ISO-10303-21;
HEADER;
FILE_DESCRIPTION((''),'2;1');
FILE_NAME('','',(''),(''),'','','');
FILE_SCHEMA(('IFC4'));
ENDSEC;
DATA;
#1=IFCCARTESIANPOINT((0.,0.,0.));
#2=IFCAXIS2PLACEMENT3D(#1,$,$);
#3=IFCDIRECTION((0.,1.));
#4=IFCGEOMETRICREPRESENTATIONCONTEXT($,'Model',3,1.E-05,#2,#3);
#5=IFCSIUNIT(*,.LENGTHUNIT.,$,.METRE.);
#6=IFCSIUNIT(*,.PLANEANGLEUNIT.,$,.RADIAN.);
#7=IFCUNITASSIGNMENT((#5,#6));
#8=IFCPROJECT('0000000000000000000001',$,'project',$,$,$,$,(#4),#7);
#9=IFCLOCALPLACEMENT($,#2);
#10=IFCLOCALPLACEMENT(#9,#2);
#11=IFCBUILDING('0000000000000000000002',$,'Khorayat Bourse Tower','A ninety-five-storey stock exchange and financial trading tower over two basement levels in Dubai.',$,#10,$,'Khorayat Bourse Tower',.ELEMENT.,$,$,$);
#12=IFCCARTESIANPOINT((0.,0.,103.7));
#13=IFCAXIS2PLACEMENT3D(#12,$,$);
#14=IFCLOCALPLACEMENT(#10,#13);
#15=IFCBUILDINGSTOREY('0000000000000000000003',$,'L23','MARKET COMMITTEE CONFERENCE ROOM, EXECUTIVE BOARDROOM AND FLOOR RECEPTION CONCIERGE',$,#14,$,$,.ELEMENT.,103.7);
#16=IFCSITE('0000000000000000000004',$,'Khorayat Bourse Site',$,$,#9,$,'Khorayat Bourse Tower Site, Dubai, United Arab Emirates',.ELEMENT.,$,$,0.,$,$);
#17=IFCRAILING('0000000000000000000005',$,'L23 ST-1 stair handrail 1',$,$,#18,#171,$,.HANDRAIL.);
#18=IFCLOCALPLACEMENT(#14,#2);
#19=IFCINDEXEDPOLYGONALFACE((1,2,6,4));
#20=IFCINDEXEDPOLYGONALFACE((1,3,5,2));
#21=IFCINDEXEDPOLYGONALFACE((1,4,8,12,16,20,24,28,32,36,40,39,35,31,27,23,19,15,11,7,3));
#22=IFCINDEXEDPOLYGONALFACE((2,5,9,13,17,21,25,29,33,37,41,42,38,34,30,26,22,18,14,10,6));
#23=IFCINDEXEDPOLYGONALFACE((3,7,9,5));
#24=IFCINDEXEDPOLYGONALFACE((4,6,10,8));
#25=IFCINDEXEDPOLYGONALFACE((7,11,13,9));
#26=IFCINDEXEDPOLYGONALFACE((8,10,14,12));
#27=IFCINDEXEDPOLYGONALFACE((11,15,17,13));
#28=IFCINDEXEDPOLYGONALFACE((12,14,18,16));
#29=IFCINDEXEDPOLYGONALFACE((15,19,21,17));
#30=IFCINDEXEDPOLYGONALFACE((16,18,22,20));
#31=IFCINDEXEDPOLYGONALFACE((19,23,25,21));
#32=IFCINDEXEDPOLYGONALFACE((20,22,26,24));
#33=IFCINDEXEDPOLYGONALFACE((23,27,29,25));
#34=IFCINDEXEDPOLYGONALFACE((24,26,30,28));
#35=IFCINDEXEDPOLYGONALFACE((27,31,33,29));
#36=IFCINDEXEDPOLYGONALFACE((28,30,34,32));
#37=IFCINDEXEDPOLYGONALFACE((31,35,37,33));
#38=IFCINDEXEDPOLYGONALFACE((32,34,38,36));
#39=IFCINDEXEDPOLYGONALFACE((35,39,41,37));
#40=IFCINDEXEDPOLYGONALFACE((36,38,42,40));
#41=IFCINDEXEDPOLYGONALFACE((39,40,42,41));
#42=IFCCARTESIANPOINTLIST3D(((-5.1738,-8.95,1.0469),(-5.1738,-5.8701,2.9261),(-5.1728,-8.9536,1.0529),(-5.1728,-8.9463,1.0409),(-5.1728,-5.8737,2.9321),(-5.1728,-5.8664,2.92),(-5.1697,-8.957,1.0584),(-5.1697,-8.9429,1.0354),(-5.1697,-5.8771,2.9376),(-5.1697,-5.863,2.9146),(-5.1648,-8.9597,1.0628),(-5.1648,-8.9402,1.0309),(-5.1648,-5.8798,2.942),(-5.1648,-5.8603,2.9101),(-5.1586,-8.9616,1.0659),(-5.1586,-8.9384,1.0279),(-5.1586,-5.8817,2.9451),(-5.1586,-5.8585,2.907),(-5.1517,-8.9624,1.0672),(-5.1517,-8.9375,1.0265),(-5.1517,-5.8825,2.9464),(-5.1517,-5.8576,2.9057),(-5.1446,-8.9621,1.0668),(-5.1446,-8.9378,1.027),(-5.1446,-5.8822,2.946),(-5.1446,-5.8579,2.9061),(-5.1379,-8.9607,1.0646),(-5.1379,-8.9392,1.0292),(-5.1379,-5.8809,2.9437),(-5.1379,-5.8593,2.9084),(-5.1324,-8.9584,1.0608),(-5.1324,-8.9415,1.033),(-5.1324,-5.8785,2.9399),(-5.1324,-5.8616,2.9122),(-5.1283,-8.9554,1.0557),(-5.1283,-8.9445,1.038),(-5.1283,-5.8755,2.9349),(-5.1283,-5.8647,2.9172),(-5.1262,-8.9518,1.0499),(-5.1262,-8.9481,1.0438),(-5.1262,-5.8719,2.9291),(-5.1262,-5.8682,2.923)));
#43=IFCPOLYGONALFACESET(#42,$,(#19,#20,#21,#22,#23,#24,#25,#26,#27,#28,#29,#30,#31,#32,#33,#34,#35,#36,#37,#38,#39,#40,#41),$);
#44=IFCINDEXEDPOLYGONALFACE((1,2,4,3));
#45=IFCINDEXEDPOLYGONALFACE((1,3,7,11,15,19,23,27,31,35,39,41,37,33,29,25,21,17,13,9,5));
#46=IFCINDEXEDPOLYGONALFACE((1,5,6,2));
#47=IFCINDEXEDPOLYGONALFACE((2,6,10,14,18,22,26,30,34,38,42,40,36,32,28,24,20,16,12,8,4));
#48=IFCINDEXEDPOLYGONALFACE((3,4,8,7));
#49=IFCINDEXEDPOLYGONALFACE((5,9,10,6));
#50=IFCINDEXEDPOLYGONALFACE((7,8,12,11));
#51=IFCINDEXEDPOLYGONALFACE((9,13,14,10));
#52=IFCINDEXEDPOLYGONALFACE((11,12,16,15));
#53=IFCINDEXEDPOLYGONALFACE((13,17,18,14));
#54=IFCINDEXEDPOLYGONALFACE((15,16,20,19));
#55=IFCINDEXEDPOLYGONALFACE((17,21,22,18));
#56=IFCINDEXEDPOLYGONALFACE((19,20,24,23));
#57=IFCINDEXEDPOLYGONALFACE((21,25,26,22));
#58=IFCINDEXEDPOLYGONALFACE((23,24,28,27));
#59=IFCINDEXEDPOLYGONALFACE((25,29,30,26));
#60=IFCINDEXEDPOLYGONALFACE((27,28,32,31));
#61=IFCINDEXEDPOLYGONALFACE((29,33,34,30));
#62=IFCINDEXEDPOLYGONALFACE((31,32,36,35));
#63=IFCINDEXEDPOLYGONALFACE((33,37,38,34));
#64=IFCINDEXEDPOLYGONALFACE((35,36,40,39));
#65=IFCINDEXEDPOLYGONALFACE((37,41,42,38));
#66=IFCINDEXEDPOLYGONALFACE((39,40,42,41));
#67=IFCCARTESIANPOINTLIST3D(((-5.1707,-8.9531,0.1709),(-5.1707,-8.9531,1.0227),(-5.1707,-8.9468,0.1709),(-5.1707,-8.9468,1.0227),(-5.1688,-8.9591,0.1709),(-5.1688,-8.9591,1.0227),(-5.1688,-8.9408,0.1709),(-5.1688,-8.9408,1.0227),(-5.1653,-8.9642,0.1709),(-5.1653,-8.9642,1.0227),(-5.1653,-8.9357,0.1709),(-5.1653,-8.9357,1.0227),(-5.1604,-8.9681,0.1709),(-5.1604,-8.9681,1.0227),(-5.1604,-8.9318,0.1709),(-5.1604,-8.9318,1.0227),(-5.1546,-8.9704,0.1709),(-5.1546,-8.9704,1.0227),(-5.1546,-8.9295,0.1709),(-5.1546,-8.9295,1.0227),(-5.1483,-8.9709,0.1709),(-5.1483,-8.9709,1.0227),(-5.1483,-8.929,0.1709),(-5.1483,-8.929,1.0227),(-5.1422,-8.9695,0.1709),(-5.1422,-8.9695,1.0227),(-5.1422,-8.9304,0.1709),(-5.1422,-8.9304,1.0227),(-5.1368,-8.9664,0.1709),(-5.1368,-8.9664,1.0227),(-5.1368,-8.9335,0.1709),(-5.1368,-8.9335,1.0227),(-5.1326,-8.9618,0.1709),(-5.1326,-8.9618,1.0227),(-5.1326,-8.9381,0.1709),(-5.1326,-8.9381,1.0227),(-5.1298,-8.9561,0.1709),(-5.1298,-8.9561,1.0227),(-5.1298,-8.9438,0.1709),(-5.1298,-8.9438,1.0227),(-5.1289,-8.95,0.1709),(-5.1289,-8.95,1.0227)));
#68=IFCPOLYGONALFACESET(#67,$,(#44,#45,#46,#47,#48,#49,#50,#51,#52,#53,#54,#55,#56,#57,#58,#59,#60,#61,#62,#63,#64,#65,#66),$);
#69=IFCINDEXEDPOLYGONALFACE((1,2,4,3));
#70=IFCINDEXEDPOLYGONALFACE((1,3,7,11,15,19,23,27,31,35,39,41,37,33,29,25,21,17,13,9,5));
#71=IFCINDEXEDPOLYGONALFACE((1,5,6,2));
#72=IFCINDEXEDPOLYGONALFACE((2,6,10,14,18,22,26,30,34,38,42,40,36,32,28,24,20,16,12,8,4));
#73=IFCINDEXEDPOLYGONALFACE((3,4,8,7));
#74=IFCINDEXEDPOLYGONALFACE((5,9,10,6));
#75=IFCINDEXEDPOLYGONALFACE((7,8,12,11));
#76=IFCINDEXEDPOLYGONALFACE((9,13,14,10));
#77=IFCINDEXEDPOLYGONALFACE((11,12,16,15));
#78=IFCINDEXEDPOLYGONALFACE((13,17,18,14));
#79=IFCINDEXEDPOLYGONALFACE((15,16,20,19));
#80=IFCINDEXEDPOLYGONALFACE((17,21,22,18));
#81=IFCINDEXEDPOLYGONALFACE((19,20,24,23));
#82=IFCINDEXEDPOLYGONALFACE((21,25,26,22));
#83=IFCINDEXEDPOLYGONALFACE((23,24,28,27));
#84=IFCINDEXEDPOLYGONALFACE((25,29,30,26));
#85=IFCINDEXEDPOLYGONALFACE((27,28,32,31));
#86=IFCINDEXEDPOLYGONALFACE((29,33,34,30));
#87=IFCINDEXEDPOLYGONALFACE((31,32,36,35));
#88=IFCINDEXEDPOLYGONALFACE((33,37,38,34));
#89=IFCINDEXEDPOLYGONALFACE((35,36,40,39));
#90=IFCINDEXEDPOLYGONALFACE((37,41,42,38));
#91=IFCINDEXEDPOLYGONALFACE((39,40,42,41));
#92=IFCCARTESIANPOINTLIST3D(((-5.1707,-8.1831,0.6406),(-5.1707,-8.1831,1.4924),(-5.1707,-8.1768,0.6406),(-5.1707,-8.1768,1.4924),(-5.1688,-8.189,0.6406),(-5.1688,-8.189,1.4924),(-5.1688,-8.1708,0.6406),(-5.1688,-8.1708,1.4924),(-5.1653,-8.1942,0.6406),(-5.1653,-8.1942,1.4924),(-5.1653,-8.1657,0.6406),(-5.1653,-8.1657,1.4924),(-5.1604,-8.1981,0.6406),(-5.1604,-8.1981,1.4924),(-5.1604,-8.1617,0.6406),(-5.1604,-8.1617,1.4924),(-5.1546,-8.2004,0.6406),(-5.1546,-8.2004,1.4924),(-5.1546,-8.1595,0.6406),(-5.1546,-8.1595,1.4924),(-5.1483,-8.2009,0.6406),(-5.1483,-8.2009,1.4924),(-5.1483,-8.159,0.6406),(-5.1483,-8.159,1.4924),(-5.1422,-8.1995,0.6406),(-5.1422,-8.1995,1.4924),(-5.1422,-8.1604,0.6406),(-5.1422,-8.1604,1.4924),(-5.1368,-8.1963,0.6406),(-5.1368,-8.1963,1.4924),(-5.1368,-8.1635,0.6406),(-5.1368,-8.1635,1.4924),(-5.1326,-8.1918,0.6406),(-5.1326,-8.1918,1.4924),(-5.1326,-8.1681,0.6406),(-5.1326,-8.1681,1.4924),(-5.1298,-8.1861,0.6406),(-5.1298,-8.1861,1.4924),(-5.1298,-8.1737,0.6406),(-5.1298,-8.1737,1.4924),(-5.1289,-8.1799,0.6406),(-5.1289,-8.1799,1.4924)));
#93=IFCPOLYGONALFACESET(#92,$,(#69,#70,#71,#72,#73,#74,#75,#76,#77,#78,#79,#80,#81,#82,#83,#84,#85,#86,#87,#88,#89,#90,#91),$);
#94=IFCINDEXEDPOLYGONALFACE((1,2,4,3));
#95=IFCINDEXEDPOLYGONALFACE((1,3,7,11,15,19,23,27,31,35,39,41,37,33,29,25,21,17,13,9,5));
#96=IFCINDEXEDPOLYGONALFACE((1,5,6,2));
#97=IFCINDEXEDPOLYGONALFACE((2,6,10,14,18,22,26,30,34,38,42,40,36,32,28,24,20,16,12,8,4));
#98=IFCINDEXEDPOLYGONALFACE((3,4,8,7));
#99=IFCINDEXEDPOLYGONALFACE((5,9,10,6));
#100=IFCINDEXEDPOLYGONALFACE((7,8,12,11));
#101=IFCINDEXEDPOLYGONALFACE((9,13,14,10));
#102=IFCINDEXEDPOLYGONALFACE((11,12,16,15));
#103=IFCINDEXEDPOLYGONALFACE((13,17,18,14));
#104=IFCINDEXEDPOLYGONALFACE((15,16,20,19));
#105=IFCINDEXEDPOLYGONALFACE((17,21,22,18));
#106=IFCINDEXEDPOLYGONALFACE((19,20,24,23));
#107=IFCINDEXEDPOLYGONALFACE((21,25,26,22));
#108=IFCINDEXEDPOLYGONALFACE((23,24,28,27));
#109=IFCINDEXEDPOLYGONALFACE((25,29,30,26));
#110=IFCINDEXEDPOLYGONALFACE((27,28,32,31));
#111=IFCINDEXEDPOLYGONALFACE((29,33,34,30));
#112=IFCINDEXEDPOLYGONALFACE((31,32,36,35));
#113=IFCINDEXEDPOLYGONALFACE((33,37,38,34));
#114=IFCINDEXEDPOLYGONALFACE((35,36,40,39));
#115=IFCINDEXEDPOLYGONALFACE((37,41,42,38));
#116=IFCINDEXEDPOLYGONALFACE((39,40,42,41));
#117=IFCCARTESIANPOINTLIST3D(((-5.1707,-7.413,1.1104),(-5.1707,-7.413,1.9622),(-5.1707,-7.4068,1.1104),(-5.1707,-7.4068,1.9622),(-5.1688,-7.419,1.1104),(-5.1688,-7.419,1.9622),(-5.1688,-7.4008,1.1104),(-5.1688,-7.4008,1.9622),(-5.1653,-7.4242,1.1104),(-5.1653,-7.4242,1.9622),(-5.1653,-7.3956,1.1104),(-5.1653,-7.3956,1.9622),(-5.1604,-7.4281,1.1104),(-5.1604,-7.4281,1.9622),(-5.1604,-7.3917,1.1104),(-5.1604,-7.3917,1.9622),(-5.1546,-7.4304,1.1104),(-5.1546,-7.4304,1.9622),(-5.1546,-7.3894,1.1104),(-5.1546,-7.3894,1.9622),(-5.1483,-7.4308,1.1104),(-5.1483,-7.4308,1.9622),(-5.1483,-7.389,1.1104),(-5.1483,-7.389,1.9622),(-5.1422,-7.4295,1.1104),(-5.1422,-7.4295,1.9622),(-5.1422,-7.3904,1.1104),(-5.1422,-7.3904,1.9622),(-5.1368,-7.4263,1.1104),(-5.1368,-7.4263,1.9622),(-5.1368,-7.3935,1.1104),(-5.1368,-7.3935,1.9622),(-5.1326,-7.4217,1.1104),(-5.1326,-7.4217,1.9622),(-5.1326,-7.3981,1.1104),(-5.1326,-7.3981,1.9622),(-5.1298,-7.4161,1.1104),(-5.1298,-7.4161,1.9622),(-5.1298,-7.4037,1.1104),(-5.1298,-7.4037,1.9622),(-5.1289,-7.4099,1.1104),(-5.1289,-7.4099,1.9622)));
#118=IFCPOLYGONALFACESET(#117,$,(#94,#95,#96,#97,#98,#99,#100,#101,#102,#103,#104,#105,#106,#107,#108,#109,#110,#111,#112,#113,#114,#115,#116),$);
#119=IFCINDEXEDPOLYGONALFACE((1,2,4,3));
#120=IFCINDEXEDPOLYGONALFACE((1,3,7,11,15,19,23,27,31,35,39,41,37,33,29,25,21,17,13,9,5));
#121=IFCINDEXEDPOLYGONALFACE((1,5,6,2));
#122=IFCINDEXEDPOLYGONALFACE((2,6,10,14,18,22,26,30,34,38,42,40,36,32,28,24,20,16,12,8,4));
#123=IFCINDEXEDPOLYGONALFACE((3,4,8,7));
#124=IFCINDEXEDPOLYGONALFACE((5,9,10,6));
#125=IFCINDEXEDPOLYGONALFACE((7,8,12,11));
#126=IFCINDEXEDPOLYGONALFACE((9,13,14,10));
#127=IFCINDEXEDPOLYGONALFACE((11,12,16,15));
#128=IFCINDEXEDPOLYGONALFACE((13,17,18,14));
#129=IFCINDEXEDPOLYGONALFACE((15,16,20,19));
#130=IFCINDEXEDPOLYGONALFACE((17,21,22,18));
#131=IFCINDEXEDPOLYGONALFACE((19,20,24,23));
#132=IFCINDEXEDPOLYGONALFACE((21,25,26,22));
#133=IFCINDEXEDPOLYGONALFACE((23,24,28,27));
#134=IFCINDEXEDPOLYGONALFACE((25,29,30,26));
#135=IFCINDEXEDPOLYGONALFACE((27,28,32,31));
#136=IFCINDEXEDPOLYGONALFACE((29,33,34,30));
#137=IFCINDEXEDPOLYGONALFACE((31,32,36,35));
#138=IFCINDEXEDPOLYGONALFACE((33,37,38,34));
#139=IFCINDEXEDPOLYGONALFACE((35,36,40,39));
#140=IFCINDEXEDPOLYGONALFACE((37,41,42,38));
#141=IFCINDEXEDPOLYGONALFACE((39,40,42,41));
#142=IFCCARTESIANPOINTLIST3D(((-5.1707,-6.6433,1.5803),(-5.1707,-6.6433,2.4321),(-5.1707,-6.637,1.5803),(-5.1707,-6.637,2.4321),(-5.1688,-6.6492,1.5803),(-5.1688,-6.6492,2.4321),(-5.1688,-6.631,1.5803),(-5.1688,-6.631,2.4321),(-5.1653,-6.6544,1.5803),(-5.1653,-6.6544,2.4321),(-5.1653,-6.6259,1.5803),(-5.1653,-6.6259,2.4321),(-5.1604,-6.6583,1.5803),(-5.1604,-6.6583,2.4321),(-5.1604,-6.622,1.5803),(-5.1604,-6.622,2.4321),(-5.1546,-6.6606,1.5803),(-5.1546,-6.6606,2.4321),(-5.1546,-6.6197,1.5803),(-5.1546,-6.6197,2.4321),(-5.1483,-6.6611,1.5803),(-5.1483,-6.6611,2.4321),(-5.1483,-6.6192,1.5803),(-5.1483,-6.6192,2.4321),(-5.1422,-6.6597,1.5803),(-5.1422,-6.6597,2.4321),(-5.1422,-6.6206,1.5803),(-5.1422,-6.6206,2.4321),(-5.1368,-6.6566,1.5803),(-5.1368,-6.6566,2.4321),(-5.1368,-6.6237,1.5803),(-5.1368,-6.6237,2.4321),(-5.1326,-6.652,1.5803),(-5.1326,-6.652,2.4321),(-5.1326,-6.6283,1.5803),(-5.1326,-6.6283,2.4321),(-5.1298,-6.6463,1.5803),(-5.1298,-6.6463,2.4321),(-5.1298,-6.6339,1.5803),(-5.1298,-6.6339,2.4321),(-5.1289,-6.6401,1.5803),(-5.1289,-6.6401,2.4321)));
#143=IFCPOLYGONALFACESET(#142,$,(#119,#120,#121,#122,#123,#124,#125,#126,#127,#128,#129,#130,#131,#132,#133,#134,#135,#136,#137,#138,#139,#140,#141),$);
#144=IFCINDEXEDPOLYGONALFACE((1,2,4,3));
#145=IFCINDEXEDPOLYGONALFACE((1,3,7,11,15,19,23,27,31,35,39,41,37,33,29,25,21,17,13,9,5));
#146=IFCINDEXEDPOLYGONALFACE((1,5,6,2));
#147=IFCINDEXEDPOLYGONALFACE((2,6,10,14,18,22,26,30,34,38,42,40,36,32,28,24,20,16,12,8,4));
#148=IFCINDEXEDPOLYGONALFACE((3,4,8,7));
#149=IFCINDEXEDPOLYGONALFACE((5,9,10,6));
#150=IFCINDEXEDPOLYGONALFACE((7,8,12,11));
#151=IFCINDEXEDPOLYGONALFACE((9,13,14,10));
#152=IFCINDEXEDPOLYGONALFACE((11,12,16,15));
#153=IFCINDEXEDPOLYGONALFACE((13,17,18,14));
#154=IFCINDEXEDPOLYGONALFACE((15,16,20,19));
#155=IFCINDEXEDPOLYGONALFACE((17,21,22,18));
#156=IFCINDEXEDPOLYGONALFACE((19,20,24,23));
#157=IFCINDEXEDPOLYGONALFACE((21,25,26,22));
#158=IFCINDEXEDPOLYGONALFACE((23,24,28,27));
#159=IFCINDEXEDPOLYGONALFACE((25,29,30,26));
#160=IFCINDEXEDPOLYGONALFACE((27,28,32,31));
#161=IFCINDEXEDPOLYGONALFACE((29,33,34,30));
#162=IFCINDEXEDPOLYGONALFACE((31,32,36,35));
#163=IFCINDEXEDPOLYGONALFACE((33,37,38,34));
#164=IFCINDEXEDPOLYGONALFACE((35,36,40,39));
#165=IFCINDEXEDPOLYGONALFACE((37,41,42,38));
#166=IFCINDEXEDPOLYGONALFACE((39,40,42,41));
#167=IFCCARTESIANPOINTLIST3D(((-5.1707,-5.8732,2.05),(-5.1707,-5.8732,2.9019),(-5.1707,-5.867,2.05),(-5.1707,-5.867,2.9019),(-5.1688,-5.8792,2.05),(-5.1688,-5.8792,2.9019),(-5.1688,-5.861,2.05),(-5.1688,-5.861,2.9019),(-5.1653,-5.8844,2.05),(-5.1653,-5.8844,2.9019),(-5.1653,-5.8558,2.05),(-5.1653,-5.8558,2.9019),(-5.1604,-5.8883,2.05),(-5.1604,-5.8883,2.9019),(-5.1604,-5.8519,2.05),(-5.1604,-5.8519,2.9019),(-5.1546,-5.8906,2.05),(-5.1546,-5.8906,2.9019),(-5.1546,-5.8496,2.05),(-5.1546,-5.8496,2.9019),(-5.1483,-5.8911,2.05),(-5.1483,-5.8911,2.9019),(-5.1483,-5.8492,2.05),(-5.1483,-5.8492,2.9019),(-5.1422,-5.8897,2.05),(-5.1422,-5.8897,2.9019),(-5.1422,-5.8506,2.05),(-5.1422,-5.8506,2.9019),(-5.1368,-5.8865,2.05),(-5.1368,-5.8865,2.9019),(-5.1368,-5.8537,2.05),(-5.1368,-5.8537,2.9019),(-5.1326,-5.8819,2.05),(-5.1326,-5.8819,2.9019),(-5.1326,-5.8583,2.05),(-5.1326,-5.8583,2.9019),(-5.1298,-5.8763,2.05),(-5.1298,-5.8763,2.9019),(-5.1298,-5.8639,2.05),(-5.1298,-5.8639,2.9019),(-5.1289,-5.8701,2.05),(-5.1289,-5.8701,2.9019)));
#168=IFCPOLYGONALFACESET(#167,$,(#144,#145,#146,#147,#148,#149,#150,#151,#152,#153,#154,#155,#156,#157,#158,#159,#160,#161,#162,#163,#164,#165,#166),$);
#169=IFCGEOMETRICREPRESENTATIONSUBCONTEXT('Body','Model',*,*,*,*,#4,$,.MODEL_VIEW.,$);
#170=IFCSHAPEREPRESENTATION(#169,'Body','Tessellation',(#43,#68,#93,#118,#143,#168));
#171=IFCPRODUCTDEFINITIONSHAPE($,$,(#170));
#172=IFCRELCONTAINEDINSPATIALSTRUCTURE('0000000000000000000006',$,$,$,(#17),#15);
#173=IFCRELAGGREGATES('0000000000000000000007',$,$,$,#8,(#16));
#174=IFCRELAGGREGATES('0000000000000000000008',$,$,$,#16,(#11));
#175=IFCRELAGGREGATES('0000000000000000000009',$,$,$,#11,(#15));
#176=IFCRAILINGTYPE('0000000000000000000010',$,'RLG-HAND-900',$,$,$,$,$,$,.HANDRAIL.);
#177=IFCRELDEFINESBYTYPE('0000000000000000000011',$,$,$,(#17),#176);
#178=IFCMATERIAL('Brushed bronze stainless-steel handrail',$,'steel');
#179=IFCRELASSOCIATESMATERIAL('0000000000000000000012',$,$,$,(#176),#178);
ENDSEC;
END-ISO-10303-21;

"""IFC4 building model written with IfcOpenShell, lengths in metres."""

from ifc_helpers import new_model, si_unit, direction, frame, origin, origin_2d, place, context, subcontext, project, spatial, circle, extrude, source, transform, mapped, material, type_object, element, save


model = new_model("IFC4")

# Units and contexts
model_context = context("Model", 3, precision=1e-05, world=origin(), true_north=direction((0.0, 1.0)))
body_context = subcontext(model_context, "Body", "Model", "MODEL_VIEW")
ifc_project = project(units=[si_unit("LENGTHUNIT", "METRE"), si_unit("PLANEANGLEUNIT", "RADIAN")], contexts=[model_context])

# Site, building, storey
site_placement = place(None, origin())
site = spatial("IfcSite", under=ifc_project, at=site_placement, Name="Khorayat Bourse Site", LongName="Khorayat Bourse Tower Site, Dubai, United Arab Emirates", CompositionType="ELEMENT", RefElevation=0.0)
building_placement = place(site_placement, origin())
building = spatial("IfcBuilding", under=site, at=building_placement, Name="Khorayat Bourse Tower", Description="A ninety-five-storey stock exchange and financial trading tower over two basement levels in Dubai.", LongName="Khorayat Bourse Tower", CompositionType="ELEMENT")
storey_placement = place(building_placement, frame((0.0, 0.0, 103.7)))
storey = spatial("IfcBuildingStorey", under=building, at=storey_placement, Name="L23", Description="MARKET COMMITTEE CONFERENCE ROOM, EXECUTIVE BOARDROOM AND FLOOR RECEPTION CONCIERGE", CompositionType="ELEMENT", Elevation=103.7)

# Railing
ifc_material_1 = material(Name="Brushed bronze stainless-steel handrail", Category="steel")
railing_type_1 = type_object("IfcRailingType", Name="RLG-HAND-900", PredefinedType="HANDRAIL", material=ifc_material_1)
shared_shape_1 = source(origin(), body_context, "Body", "SweptSolid", [
    extrude(circle(Radius=0.0239, at=origin_2d()), frame((0.0, 0.0, 0.876), z_axis=(0.0, 0.853648, 0.52085), x_axis=(-1.0, 0.0, 0.0)), (0.0, 0.0, 1.0), 3.6079),
    extrude(circle(Radius=0.021, at=origin_2d()), origin(), (0.0, 0.0, 1.0), 0.8518),
    extrude(circle(Radius=0.021, at=origin_2d()), frame((0.0, 0.77, 0.4697)), (0.0, 0.0, 1.0), 0.8518),
    extrude(circle(Radius=0.021, at=origin_2d()), frame((0.0, 1.54, 0.9395)), (0.0, 0.0, 1.0), 0.8518),
    extrude(circle(Radius=0.021, at=origin_2d()), frame((0.0, 2.3098, 1.4094)), (0.0, 0.0, 1.0), 0.8518),
    extrude(circle(Radius=0.021, at=origin_2d()), frame((0.0, 3.0798, 1.8792)), (0.0, 0.0, 1.0), 0.8518),
])
railing_1_placement = place(storey_placement, frame((-5.1499, -8.95, 0.1709)))
element("IfcRailing", 1, at=railing_1_placement, inside=storey, type_object=railing_type_1, Name="L23 ST-1 stair handrail 1", PredefinedType="HANDRAIL", context=body_context, shape_type="MappedRepresentation", body=[
    mapped(shared_shape_1, transform((0.0, 0.0, 0.0), scale=1.0)),
])

save(model, "model.ifc")
